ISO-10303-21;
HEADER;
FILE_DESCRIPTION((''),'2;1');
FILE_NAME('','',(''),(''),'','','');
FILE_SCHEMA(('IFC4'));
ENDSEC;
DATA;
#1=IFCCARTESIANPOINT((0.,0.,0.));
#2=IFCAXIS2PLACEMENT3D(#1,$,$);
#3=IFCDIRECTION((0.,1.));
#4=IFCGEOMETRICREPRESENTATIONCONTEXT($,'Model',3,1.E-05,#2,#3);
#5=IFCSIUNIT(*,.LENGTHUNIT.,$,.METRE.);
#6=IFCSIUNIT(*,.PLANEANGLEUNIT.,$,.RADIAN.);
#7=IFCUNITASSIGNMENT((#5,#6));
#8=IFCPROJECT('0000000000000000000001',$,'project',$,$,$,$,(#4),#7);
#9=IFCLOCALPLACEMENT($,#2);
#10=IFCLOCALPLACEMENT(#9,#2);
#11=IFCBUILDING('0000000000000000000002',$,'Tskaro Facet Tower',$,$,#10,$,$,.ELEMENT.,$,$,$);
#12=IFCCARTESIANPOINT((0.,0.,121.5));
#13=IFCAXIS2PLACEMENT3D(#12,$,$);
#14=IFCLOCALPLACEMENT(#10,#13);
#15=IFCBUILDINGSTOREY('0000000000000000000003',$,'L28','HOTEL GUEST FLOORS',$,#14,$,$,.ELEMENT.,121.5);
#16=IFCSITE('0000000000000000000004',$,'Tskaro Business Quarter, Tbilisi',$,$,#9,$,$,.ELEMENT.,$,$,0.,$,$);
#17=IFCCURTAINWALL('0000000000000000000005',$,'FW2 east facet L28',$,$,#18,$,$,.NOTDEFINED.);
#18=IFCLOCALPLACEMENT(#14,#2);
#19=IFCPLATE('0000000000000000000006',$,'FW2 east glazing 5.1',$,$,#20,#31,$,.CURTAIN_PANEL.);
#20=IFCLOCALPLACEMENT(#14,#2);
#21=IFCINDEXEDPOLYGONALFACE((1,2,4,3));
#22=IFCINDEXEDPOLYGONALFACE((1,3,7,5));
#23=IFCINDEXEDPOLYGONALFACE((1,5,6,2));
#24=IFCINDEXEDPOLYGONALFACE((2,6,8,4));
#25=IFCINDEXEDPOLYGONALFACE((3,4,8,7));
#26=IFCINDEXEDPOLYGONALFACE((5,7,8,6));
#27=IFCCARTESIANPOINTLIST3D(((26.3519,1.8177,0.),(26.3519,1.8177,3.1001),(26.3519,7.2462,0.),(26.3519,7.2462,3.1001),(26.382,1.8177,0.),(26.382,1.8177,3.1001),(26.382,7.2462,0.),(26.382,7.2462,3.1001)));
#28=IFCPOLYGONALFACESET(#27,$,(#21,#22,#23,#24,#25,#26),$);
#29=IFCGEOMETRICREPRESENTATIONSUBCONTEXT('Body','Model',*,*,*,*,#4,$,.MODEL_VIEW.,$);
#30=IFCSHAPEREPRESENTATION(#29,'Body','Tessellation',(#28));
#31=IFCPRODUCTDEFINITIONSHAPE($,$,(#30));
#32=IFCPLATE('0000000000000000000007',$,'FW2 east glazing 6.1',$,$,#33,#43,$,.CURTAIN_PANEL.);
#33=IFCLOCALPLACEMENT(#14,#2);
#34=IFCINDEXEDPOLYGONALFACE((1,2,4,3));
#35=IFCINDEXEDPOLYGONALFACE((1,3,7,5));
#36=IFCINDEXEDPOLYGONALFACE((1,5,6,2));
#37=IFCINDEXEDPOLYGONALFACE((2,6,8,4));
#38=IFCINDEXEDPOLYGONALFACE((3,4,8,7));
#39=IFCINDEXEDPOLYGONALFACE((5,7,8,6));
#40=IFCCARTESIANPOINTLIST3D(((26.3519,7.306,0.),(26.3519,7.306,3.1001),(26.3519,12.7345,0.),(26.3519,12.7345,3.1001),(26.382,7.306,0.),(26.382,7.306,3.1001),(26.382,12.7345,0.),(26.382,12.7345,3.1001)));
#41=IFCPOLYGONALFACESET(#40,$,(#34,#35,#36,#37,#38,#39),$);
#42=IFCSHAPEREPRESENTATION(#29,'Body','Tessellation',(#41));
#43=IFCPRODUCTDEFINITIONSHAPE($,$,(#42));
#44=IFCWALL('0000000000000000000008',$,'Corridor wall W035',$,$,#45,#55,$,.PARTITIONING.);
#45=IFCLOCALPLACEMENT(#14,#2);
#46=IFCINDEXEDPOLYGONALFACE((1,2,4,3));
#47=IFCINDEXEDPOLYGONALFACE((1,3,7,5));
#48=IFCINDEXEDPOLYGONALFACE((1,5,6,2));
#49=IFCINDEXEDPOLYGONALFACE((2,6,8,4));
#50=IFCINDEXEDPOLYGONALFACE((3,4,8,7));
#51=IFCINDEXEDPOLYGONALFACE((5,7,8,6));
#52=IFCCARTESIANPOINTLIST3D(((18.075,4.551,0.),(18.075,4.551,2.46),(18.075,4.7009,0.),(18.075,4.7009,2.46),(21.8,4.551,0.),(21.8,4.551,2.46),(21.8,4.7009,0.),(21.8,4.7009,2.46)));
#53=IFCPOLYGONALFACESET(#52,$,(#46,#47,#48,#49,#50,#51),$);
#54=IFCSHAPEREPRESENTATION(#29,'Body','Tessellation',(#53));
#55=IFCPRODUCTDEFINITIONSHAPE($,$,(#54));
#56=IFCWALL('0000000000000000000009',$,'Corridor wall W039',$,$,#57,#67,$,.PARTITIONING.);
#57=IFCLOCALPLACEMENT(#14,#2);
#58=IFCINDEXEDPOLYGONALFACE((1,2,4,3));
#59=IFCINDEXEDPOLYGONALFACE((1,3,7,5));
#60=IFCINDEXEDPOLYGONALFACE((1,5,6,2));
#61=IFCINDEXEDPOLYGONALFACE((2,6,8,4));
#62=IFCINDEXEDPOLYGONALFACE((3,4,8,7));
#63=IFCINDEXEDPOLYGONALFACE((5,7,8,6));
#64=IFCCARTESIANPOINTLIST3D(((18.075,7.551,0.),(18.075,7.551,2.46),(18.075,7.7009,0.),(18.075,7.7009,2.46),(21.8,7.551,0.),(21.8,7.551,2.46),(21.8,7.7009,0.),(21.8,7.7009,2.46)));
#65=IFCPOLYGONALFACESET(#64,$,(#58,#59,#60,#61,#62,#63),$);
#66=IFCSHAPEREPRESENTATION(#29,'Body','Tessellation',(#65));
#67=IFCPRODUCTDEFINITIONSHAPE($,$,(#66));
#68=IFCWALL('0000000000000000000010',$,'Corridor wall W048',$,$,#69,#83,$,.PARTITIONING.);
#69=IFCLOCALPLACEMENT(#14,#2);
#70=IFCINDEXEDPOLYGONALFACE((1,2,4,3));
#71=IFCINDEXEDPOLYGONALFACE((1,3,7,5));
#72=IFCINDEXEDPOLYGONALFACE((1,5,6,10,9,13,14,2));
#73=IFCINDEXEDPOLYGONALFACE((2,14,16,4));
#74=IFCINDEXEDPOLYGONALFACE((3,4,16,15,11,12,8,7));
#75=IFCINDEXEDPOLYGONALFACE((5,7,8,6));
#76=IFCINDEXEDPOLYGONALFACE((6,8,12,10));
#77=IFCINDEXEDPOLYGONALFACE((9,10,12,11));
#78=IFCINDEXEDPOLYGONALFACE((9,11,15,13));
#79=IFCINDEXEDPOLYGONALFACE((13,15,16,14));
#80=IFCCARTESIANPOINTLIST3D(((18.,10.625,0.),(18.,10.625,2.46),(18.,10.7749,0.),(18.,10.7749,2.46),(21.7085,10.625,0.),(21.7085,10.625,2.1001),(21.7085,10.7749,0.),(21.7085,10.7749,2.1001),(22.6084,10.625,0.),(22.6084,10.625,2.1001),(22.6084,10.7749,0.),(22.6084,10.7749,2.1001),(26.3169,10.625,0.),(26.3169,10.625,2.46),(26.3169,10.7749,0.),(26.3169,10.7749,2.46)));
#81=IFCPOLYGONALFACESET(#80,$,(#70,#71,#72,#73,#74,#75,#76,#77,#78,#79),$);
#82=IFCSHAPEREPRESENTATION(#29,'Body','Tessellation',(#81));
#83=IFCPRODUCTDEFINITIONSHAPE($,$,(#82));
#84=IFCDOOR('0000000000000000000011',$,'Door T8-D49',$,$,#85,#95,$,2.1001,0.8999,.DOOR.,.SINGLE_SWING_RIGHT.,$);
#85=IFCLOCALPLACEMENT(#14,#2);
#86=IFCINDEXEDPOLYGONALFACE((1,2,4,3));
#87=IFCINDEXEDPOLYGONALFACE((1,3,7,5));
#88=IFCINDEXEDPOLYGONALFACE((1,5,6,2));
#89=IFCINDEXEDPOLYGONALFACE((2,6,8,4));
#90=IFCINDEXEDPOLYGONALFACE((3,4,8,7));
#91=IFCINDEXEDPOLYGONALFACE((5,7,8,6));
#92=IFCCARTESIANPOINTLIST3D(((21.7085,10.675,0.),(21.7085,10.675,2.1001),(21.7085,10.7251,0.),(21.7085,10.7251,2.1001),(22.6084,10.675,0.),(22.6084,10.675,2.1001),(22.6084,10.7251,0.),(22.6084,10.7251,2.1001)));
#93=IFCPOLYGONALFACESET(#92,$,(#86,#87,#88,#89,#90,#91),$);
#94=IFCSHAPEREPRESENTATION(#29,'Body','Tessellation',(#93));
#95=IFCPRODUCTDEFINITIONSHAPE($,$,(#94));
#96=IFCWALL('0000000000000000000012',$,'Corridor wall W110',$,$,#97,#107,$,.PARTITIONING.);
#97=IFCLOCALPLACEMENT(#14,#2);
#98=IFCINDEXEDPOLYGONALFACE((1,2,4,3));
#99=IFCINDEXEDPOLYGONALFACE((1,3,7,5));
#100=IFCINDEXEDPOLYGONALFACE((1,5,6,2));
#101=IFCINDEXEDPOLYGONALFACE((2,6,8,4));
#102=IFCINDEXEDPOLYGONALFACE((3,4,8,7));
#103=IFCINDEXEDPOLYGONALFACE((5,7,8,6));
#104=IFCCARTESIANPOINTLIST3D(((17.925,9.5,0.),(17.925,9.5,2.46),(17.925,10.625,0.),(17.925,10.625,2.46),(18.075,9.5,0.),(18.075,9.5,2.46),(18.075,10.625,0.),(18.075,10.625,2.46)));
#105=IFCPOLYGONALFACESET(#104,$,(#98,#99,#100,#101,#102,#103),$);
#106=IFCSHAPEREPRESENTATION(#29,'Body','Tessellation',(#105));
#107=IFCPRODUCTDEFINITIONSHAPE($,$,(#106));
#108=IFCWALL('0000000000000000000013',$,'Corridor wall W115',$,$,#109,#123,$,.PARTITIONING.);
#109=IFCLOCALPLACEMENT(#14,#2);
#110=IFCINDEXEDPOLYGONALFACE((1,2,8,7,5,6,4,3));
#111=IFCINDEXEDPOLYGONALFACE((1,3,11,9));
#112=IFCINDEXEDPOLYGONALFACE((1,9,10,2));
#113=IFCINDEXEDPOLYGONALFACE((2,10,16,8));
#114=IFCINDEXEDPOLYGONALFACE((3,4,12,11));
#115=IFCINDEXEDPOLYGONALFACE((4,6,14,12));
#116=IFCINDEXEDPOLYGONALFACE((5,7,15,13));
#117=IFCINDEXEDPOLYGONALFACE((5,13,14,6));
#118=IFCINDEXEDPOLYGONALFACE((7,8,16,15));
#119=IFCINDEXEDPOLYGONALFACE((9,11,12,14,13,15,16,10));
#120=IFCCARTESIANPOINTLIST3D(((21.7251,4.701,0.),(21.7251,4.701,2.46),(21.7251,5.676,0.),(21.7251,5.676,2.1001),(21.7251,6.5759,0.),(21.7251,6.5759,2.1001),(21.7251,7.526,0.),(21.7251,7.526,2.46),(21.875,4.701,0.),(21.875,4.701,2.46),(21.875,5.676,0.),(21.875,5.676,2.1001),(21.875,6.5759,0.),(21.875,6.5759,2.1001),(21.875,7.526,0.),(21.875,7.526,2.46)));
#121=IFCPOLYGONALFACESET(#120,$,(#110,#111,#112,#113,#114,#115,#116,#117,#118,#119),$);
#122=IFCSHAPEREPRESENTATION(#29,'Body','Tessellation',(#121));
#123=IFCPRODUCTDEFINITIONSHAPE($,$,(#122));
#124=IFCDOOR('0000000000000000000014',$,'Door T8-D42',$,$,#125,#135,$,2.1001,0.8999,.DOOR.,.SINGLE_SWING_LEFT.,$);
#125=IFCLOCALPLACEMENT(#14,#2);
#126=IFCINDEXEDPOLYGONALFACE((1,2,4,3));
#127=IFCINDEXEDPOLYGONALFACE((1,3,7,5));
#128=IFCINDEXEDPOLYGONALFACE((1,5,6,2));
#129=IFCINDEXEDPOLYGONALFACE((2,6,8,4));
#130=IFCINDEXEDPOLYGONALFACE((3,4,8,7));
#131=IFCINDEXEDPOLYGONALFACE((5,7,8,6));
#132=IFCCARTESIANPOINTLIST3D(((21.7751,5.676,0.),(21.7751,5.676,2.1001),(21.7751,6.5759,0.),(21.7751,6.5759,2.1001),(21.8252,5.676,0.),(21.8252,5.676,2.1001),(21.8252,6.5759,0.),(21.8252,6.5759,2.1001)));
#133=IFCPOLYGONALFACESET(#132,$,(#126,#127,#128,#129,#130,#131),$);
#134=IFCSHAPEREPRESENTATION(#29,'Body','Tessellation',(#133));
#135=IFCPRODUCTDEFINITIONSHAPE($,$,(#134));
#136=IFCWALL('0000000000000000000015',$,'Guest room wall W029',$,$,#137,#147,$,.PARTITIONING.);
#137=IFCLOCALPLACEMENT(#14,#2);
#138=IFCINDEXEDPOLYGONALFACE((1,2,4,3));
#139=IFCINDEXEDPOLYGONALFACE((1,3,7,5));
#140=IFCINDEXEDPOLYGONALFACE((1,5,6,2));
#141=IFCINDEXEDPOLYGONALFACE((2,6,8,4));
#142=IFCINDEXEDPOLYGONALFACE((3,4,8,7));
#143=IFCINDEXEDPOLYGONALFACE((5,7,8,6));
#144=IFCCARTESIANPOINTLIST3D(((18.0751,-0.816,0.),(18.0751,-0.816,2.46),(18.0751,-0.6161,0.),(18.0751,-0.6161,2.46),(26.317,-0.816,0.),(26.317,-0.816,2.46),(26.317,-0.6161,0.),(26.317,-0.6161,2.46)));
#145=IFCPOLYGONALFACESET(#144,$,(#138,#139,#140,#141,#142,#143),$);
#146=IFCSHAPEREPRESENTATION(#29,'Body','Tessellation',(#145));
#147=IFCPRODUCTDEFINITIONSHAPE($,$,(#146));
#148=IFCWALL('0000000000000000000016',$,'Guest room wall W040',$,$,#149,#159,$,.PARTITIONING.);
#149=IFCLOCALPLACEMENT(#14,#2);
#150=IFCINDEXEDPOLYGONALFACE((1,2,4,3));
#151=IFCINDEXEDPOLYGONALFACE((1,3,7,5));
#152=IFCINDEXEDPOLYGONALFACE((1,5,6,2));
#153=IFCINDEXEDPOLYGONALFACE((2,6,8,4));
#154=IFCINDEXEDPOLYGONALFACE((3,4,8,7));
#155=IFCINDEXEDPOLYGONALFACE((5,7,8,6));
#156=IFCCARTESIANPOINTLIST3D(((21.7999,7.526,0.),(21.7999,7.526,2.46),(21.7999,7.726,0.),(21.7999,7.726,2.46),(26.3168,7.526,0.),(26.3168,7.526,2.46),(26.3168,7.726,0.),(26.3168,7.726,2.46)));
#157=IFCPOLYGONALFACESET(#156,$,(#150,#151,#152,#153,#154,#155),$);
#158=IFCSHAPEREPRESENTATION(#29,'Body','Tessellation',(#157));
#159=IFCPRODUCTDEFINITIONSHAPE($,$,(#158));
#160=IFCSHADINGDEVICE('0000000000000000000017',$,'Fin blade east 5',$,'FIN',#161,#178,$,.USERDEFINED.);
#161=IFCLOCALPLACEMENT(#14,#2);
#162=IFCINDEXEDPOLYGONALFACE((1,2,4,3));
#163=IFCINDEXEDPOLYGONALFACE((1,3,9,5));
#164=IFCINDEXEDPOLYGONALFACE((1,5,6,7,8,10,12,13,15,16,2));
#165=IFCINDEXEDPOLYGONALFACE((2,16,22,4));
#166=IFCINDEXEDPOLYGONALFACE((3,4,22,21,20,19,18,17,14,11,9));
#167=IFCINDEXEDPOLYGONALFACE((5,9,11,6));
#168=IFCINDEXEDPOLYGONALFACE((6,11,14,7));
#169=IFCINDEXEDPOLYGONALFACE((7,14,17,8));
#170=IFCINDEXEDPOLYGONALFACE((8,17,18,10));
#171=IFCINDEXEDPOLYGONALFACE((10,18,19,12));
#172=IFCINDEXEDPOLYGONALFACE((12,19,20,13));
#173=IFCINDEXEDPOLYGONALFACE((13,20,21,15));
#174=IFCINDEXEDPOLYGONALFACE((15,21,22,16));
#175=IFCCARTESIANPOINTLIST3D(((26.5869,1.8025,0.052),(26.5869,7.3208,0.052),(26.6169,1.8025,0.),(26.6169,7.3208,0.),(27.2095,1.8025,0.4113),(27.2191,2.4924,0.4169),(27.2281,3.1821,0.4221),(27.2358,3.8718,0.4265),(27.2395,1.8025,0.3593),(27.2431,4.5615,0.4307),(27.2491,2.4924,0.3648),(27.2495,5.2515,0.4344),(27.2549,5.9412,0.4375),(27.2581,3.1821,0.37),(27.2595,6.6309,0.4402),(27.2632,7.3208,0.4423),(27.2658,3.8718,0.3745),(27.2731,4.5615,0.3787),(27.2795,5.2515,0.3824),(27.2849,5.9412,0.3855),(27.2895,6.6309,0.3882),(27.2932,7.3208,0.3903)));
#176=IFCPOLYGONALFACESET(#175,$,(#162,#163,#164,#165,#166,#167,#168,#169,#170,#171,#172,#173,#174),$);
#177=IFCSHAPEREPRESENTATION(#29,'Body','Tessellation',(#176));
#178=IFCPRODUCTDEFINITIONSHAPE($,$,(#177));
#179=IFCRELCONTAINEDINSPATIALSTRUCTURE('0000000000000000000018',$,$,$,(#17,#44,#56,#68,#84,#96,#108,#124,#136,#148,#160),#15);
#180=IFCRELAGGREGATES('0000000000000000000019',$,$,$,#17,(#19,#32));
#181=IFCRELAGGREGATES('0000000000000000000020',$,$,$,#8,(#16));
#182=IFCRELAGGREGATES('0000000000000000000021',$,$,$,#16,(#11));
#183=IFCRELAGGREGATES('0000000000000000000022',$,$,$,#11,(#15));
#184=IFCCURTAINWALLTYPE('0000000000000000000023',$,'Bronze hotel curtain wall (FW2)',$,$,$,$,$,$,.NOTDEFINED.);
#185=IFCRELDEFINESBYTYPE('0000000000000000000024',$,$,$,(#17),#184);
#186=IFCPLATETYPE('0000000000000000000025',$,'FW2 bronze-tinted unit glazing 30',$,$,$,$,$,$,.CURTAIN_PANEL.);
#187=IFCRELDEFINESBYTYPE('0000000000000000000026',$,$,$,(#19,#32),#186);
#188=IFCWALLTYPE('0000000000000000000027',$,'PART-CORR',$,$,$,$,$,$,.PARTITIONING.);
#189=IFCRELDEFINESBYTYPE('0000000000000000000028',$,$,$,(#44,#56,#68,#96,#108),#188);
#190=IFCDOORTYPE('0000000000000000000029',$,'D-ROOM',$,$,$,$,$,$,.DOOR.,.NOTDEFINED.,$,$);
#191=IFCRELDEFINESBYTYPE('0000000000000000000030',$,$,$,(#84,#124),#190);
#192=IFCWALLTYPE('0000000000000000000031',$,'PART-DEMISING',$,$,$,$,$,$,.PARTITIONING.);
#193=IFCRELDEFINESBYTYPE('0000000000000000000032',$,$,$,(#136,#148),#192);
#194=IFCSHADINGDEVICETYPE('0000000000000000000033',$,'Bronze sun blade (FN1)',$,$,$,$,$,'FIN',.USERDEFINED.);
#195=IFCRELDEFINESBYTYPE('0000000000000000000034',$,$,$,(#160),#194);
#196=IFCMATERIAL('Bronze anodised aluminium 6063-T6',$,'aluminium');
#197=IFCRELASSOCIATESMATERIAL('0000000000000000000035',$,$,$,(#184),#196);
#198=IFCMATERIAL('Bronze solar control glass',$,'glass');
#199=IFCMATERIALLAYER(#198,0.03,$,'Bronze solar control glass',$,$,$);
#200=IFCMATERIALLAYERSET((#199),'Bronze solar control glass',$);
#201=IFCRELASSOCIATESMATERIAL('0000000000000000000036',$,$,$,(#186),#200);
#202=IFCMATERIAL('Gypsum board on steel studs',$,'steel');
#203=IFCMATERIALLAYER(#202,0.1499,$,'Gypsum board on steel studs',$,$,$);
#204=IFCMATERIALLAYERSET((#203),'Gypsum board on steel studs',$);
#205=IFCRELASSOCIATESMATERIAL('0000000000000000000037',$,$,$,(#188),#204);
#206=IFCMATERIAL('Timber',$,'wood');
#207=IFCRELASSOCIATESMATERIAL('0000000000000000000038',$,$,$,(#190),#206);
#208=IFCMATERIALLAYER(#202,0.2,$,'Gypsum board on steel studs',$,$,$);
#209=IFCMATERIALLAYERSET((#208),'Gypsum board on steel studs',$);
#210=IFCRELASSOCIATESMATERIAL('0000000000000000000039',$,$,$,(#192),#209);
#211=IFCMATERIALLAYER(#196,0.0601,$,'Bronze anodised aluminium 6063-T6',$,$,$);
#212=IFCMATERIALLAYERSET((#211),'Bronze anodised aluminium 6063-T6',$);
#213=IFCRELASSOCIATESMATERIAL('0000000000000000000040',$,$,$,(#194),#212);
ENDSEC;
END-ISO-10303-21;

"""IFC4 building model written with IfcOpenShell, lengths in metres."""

from ifc_helpers import new_model, si_unit, direction, frame, frame_2d, origin, origin_2d, place, context, subcontext, project, spatial, polyline, rectangle, outline, extrude, material, layer, layer_set, type_object, element, fill, aggregate, save


model = new_model("IFC4")

# Units and contexts
model_context = context("Model", 3, precision=1e-05, world=origin(), true_north=direction((0.0, 1.0)))
body_context = subcontext(model_context, "Body", "Model", "MODEL_VIEW")
ifc_project = project(units=[si_unit("LENGTHUNIT", "METRE"), si_unit("PLANEANGLEUNIT", "RADIAN")], contexts=[model_context])

# Site, building, storey
site_placement = place(None, origin())
site = spatial("IfcSite", under=ifc_project, at=site_placement, Name="Tskaro Business Quarter, Tbilisi", CompositionType="ELEMENT", RefElevation=0.0)
building_placement = place(site_placement, origin())
building = spatial("IfcBuilding", under=site, at=building_placement, Name="Tskaro Facet Tower", CompositionType="ELEMENT")
storey_placement = place(building_placement, frame((0.0, 0.0, 121.5)))
storey = spatial("IfcBuildingStorey", under=building, at=storey_placement, Name="L28", Description="HOTEL GUEST FLOORS", CompositionType="ELEMENT", Elevation=121.5)

# Curtain wall, plates
ifc_material_1 = material(Name="Bronze anodised aluminium 6063-T6", Category="aluminium")
curtain_wall_type = type_object("IfcCurtainWallType", Name="Bronze hotel curtain wall (FW2)", PredefinedType="NOTDEFINED", material=ifc_material_1)
curtain_wall_placement = place(storey_placement, origin())
curtain_wall = element("IfcCurtainWall", 1, at=curtain_wall_placement, inside=storey, type_object=curtain_wall_type, Name="FW2 east facet L28", PredefinedType="NOTDEFINED")
ifc_material_2 = material(Name="Bronze solar control glass", Category="glass")
ifc_layer_1 = layer(ifc_material_2, 0.03, Name="Bronze solar control glass")
ifc_layer_set_1 = layer_set([ifc_layer_1], Name="Bronze solar control glass")
plate_type = type_object("IfcPlateType", Name="FW2 bronze-tinted unit glazing 30", PredefinedType="CURTAIN_PANEL", material=ifc_layer_set_1)
plate_1_placement = place(storey_placement, frame((26.3669, 4.532, 0.0), z_axis=(0.0, 0.0, 1.0), x_axis=(0.0, 1.0, 0.0)))
plate_1 = element("IfcPlate", 2, at=plate_1_placement, type_object=plate_type, Name="FW2 east glazing 5.1", PredefinedType="CURTAIN_PANEL", context=body_context, shape_type="SweptSolid", body=[
    extrude(rectangle(XDim=5.4285, YDim=0.03, at=origin_2d()), origin(), (0.0, 0.0, 1.0), 3.1001),
])
plate_2_placement = place(storey_placement, frame((26.3669, 10.0203, 0.0), z_axis=(0.0, 0.0, 1.0), x_axis=(0.0, 1.0, 0.0)))
plate_2 = element("IfcPlate", 3, at=plate_2_placement, type_object=plate_type, Name="FW2 east glazing 6.1", PredefinedType="CURTAIN_PANEL", context=body_context, shape_type="SweptSolid", body=[
    extrude(rectangle(XDim=5.4285, YDim=0.03, at=origin_2d()), origin(), (0.0, 0.0, 1.0), 3.1001),
])
aggregate(curtain_wall, [plate_1, plate_2])

# Walls
ifc_material_3 = material(Name="Gypsum board on steel studs", Category="steel")
ifc_layer_2 = layer(ifc_material_3, 0.1499, Name="Gypsum board on steel studs")
ifc_layer_set_2 = layer_set([ifc_layer_2], Name="Gypsum board on steel studs")
wall_type_1 = type_object("IfcWallType", Name="PART-CORR", PredefinedType="PARTITIONING", material=ifc_layer_set_2)
for number, where, z_axis, x_axis, name in (
    (4, (18.075, 4.626, 0.0), (0.0, 0.0, 1.0), (1.0, 0.0, 0.0), "Corridor wall W035"),
    (5, (18.075, 7.626, 0.0), (0.0, 0.0, 1.0), (1.0, 0.0, 0.0), "Corridor wall W039"),
):
    element("IfcWall", number, at=place(storey_placement, frame(where, z_axis=z_axis, x_axis=x_axis)), inside=storey, type_object=wall_type_1, Name=name, PredefinedType="PARTITIONING", context=body_context, shape_type="SweptSolid", body=[
        extrude(rectangle(XDim=3.7251, YDim=0.1499, at=frame_2d((1.8625, 0.0))), origin(), (0.0, 0.0, 1.0), 2.46),
    ])

# Wall, opening, door
wall_1_placement = place(storey_placement, frame((26.3169, 10.7, 0.0), z_axis=(0.0, 0.0, 1.0), x_axis=(-1.0, 0.0, 0.0)))
wall_1 = element("IfcWall", 6, at=wall_1_placement, inside=storey, type_object=wall_type_1, Name="Corridor wall W048", PredefinedType="PARTITIONING", context=body_context, shape_type="SweptSolid", body=[
    extrude(rectangle(XDim=8.3169, YDim=0.1499, at=frame_2d((4.1584, 0.0))), origin(), (0.0, 0.0, 1.0), 2.46),
])
opening_1_placement = place(wall_1_placement, frame((3.7085, 0.0, 0.0)))
opening_1 = element("IfcOpeningElement", 7, at=opening_1_placement, cuts=wall_1, PredefinedType="OPENING", context=body_context, shape_type="SweptSolid", body=[
    extrude(rectangle(XDim=0.8999, YDim=2.1001, at=frame_2d((0.45, 1.05))), frame((0.0, 0.085, 0.0), z_axis=(0.0, -1.0, 0.0), x_axis=(1.0, 0.0, 0.0)), (0.0, 0.0, 1.0), 0.1699),
])
ifc_material_4 = material(Name="Timber", Category="wood")
door_type = type_object("IfcDoorType", Name="D-ROOM", OperationType="NOTDEFINED", PredefinedType="DOOR", material=ifc_material_4)
door_1_placement = place(opening_1_placement, origin())
door_1 = element("IfcDoor", 8, at=door_1_placement, inside=storey, type_object=door_type, Name="Door T8-D49", OperationType="SINGLE_SWING_RIGHT", OverallHeight=2.1001, OverallWidth=0.8999, PredefinedType="DOOR", context=body_context, shape_type="SweptSolid", body=[
    extrude(rectangle(XDim=0.8999, YDim=2.1001, at=frame_2d((0.45, 1.05))), frame((0.0, 0.0249, 0.0), z_axis=(0.0, -1.0, 0.0), x_axis=(1.0, 0.0, 0.0)), (0.0, 0.0, 1.0), 0.05),
])
fill(opening_1, door_1)

# Wall
wall_2_placement = place(storey_placement, frame((18.0, 9.5, 0.0), z_axis=(0.0, 0.0, 1.0), x_axis=(0.0, 1.0, 0.0)))
element("IfcWall", 9, at=wall_2_placement, inside=storey, type_object=wall_type_1, Name="Corridor wall W110", PredefinedType="PARTITIONING", context=body_context, shape_type="SweptSolid", body=[
    extrude(rectangle(XDim=1.125, YDim=0.1499, at=frame_2d((0.5625, 0.0))), origin(), (0.0, 0.0, 1.0), 2.46),
])

# Wall, opening, door
wall_3_placement = place(storey_placement, frame((21.8, 4.7009, 0.0), z_axis=(0.0, 0.0, 1.0), x_axis=(0.0, 1.0, 0.0)))
wall_3 = element("IfcWall", 10, at=wall_3_placement, inside=storey, type_object=wall_type_1, Name="Corridor wall W115", PredefinedType="PARTITIONING", context=body_context, shape_type="SweptSolid", body=[
    extrude(rectangle(XDim=2.825, YDim=0.1499, at=frame_2d((1.4126, 0.0))), origin(), (0.0, 0.0, 1.0), 2.46),
])
opening_2_placement = place(wall_3_placement, frame((0.9751, 0.0, 0.0)))
opening_2 = element("IfcOpeningElement", 11, at=opening_2_placement, cuts=wall_3, PredefinedType="OPENING", context=body_context, shape_type="SweptSolid", body=[
    extrude(rectangle(XDim=0.8999, YDim=2.1001, at=frame_2d((0.45, 1.05))), frame((0.0, 0.085, 0.0), z_axis=(0.0, -1.0, 0.0), x_axis=(1.0, 0.0, 0.0)), (0.0, 0.0, 1.0), 0.1699),
])
door_2_placement = place(opening_2_placement, origin())
door_2 = element("IfcDoor", 12, at=door_2_placement, inside=storey, type_object=door_type, Name="Door T8-D42", OperationType="SINGLE_SWING_LEFT", OverallHeight=2.1001, OverallWidth=0.8999, PredefinedType="DOOR", context=body_context, shape_type="SweptSolid", body=[
    extrude(rectangle(XDim=0.8999, YDim=2.1001, at=frame_2d((0.45, 1.05))), frame((0.0, 0.0249, 0.0), z_axis=(0.0, -1.0, 0.0), x_axis=(1.0, 0.0, 0.0)), (0.0, 0.0, 1.0), 0.05),
])
fill(opening_2, door_2)

# Walls
ifc_layer_3 = layer(ifc_material_3, 0.2, Name="Gypsum board on steel studs")
ifc_layer_set_3 = layer_set([ifc_layer_3], Name="Gypsum board on steel studs")
wall_type_2 = type_object("IfcWallType", Name="PART-DEMISING", PredefinedType="PARTITIONING", material=ifc_layer_set_3)
wall_4_placement = place(storey_placement, frame((18.075, -0.7161, 0.0), z_axis=(0.0, 0.0, 1.0), x_axis=(1.0, 0.0, 0.0)))
element("IfcWall", 13, at=wall_4_placement, inside=storey, type_object=wall_type_2, Name="Guest room wall W029", PredefinedType="PARTITIONING", context=body_context, shape_type="SweptSolid", body=[
    extrude(rectangle(XDim=8.2419, YDim=0.2, at=frame_2d((4.1211, 0.0))), origin(), (0.0, 0.0, 1.0), 2.46),
])
wall_5_placement = place(storey_placement, frame((21.8, 7.626, 0.0), z_axis=(0.0, 0.0, 1.0), x_axis=(1.0, 0.0, 0.0)))
element("IfcWall", 14, at=wall_5_placement, inside=storey, type_object=wall_type_2, Name="Guest room wall W040", PredefinedType="PARTITIONING", context=body_context, shape_type="SweptSolid", body=[
    extrude(rectangle(XDim=4.5168, YDim=0.2, at=frame_2d((2.2583, 0.0))), origin(), (0.0, 0.0, 1.0), 2.46),
])

# Shading device
ifc_layer_4 = layer(ifc_material_1, 0.0601, Name="Bronze anodised aluminium 6063-T6")
ifc_layer_set_4 = layer_set([ifc_layer_4], Name="Bronze anodised aluminium 6063-T6")
shading_device_type = type_object("IfcShadingDeviceType", Name="Bronze sun blade (FN1)", ElementType="FIN", PredefinedType="USERDEFINED", material=ifc_layer_set_4)
shading_device_1_placement = place(storey_placement, frame((26.5869, 1.8025, 0.052), z_axis=(-0.499885, -0.000001, 0.866092), x_axis=(0.0, 1.0, 0.000001)))
element("IfcShadingDevice", 15, at=shading_device_1_placement, inside=storey, type_object=shading_device_type, Name="Fin blade east 5", ObjectType="FIN", PredefinedType="USERDEFINED", context=body_context, shape_type="SweptSolid", body=[
    extrude(outline(polyline([(0.0, 0.0), (5.5183, 0.0), (5.5183, -0.7809), (4.8284, -0.7766), (4.1387, -0.7712), (3.449, -0.765), (2.759, -0.7577), (2.0693, -0.7492), (1.3796, -0.7403), (0.6899, -0.7299), (0.0, -0.7188), (0.0, 0.0)])), origin(), (0.0, 0.0, -1.0), 0.0601),
])

save(model, "model.ifc")
